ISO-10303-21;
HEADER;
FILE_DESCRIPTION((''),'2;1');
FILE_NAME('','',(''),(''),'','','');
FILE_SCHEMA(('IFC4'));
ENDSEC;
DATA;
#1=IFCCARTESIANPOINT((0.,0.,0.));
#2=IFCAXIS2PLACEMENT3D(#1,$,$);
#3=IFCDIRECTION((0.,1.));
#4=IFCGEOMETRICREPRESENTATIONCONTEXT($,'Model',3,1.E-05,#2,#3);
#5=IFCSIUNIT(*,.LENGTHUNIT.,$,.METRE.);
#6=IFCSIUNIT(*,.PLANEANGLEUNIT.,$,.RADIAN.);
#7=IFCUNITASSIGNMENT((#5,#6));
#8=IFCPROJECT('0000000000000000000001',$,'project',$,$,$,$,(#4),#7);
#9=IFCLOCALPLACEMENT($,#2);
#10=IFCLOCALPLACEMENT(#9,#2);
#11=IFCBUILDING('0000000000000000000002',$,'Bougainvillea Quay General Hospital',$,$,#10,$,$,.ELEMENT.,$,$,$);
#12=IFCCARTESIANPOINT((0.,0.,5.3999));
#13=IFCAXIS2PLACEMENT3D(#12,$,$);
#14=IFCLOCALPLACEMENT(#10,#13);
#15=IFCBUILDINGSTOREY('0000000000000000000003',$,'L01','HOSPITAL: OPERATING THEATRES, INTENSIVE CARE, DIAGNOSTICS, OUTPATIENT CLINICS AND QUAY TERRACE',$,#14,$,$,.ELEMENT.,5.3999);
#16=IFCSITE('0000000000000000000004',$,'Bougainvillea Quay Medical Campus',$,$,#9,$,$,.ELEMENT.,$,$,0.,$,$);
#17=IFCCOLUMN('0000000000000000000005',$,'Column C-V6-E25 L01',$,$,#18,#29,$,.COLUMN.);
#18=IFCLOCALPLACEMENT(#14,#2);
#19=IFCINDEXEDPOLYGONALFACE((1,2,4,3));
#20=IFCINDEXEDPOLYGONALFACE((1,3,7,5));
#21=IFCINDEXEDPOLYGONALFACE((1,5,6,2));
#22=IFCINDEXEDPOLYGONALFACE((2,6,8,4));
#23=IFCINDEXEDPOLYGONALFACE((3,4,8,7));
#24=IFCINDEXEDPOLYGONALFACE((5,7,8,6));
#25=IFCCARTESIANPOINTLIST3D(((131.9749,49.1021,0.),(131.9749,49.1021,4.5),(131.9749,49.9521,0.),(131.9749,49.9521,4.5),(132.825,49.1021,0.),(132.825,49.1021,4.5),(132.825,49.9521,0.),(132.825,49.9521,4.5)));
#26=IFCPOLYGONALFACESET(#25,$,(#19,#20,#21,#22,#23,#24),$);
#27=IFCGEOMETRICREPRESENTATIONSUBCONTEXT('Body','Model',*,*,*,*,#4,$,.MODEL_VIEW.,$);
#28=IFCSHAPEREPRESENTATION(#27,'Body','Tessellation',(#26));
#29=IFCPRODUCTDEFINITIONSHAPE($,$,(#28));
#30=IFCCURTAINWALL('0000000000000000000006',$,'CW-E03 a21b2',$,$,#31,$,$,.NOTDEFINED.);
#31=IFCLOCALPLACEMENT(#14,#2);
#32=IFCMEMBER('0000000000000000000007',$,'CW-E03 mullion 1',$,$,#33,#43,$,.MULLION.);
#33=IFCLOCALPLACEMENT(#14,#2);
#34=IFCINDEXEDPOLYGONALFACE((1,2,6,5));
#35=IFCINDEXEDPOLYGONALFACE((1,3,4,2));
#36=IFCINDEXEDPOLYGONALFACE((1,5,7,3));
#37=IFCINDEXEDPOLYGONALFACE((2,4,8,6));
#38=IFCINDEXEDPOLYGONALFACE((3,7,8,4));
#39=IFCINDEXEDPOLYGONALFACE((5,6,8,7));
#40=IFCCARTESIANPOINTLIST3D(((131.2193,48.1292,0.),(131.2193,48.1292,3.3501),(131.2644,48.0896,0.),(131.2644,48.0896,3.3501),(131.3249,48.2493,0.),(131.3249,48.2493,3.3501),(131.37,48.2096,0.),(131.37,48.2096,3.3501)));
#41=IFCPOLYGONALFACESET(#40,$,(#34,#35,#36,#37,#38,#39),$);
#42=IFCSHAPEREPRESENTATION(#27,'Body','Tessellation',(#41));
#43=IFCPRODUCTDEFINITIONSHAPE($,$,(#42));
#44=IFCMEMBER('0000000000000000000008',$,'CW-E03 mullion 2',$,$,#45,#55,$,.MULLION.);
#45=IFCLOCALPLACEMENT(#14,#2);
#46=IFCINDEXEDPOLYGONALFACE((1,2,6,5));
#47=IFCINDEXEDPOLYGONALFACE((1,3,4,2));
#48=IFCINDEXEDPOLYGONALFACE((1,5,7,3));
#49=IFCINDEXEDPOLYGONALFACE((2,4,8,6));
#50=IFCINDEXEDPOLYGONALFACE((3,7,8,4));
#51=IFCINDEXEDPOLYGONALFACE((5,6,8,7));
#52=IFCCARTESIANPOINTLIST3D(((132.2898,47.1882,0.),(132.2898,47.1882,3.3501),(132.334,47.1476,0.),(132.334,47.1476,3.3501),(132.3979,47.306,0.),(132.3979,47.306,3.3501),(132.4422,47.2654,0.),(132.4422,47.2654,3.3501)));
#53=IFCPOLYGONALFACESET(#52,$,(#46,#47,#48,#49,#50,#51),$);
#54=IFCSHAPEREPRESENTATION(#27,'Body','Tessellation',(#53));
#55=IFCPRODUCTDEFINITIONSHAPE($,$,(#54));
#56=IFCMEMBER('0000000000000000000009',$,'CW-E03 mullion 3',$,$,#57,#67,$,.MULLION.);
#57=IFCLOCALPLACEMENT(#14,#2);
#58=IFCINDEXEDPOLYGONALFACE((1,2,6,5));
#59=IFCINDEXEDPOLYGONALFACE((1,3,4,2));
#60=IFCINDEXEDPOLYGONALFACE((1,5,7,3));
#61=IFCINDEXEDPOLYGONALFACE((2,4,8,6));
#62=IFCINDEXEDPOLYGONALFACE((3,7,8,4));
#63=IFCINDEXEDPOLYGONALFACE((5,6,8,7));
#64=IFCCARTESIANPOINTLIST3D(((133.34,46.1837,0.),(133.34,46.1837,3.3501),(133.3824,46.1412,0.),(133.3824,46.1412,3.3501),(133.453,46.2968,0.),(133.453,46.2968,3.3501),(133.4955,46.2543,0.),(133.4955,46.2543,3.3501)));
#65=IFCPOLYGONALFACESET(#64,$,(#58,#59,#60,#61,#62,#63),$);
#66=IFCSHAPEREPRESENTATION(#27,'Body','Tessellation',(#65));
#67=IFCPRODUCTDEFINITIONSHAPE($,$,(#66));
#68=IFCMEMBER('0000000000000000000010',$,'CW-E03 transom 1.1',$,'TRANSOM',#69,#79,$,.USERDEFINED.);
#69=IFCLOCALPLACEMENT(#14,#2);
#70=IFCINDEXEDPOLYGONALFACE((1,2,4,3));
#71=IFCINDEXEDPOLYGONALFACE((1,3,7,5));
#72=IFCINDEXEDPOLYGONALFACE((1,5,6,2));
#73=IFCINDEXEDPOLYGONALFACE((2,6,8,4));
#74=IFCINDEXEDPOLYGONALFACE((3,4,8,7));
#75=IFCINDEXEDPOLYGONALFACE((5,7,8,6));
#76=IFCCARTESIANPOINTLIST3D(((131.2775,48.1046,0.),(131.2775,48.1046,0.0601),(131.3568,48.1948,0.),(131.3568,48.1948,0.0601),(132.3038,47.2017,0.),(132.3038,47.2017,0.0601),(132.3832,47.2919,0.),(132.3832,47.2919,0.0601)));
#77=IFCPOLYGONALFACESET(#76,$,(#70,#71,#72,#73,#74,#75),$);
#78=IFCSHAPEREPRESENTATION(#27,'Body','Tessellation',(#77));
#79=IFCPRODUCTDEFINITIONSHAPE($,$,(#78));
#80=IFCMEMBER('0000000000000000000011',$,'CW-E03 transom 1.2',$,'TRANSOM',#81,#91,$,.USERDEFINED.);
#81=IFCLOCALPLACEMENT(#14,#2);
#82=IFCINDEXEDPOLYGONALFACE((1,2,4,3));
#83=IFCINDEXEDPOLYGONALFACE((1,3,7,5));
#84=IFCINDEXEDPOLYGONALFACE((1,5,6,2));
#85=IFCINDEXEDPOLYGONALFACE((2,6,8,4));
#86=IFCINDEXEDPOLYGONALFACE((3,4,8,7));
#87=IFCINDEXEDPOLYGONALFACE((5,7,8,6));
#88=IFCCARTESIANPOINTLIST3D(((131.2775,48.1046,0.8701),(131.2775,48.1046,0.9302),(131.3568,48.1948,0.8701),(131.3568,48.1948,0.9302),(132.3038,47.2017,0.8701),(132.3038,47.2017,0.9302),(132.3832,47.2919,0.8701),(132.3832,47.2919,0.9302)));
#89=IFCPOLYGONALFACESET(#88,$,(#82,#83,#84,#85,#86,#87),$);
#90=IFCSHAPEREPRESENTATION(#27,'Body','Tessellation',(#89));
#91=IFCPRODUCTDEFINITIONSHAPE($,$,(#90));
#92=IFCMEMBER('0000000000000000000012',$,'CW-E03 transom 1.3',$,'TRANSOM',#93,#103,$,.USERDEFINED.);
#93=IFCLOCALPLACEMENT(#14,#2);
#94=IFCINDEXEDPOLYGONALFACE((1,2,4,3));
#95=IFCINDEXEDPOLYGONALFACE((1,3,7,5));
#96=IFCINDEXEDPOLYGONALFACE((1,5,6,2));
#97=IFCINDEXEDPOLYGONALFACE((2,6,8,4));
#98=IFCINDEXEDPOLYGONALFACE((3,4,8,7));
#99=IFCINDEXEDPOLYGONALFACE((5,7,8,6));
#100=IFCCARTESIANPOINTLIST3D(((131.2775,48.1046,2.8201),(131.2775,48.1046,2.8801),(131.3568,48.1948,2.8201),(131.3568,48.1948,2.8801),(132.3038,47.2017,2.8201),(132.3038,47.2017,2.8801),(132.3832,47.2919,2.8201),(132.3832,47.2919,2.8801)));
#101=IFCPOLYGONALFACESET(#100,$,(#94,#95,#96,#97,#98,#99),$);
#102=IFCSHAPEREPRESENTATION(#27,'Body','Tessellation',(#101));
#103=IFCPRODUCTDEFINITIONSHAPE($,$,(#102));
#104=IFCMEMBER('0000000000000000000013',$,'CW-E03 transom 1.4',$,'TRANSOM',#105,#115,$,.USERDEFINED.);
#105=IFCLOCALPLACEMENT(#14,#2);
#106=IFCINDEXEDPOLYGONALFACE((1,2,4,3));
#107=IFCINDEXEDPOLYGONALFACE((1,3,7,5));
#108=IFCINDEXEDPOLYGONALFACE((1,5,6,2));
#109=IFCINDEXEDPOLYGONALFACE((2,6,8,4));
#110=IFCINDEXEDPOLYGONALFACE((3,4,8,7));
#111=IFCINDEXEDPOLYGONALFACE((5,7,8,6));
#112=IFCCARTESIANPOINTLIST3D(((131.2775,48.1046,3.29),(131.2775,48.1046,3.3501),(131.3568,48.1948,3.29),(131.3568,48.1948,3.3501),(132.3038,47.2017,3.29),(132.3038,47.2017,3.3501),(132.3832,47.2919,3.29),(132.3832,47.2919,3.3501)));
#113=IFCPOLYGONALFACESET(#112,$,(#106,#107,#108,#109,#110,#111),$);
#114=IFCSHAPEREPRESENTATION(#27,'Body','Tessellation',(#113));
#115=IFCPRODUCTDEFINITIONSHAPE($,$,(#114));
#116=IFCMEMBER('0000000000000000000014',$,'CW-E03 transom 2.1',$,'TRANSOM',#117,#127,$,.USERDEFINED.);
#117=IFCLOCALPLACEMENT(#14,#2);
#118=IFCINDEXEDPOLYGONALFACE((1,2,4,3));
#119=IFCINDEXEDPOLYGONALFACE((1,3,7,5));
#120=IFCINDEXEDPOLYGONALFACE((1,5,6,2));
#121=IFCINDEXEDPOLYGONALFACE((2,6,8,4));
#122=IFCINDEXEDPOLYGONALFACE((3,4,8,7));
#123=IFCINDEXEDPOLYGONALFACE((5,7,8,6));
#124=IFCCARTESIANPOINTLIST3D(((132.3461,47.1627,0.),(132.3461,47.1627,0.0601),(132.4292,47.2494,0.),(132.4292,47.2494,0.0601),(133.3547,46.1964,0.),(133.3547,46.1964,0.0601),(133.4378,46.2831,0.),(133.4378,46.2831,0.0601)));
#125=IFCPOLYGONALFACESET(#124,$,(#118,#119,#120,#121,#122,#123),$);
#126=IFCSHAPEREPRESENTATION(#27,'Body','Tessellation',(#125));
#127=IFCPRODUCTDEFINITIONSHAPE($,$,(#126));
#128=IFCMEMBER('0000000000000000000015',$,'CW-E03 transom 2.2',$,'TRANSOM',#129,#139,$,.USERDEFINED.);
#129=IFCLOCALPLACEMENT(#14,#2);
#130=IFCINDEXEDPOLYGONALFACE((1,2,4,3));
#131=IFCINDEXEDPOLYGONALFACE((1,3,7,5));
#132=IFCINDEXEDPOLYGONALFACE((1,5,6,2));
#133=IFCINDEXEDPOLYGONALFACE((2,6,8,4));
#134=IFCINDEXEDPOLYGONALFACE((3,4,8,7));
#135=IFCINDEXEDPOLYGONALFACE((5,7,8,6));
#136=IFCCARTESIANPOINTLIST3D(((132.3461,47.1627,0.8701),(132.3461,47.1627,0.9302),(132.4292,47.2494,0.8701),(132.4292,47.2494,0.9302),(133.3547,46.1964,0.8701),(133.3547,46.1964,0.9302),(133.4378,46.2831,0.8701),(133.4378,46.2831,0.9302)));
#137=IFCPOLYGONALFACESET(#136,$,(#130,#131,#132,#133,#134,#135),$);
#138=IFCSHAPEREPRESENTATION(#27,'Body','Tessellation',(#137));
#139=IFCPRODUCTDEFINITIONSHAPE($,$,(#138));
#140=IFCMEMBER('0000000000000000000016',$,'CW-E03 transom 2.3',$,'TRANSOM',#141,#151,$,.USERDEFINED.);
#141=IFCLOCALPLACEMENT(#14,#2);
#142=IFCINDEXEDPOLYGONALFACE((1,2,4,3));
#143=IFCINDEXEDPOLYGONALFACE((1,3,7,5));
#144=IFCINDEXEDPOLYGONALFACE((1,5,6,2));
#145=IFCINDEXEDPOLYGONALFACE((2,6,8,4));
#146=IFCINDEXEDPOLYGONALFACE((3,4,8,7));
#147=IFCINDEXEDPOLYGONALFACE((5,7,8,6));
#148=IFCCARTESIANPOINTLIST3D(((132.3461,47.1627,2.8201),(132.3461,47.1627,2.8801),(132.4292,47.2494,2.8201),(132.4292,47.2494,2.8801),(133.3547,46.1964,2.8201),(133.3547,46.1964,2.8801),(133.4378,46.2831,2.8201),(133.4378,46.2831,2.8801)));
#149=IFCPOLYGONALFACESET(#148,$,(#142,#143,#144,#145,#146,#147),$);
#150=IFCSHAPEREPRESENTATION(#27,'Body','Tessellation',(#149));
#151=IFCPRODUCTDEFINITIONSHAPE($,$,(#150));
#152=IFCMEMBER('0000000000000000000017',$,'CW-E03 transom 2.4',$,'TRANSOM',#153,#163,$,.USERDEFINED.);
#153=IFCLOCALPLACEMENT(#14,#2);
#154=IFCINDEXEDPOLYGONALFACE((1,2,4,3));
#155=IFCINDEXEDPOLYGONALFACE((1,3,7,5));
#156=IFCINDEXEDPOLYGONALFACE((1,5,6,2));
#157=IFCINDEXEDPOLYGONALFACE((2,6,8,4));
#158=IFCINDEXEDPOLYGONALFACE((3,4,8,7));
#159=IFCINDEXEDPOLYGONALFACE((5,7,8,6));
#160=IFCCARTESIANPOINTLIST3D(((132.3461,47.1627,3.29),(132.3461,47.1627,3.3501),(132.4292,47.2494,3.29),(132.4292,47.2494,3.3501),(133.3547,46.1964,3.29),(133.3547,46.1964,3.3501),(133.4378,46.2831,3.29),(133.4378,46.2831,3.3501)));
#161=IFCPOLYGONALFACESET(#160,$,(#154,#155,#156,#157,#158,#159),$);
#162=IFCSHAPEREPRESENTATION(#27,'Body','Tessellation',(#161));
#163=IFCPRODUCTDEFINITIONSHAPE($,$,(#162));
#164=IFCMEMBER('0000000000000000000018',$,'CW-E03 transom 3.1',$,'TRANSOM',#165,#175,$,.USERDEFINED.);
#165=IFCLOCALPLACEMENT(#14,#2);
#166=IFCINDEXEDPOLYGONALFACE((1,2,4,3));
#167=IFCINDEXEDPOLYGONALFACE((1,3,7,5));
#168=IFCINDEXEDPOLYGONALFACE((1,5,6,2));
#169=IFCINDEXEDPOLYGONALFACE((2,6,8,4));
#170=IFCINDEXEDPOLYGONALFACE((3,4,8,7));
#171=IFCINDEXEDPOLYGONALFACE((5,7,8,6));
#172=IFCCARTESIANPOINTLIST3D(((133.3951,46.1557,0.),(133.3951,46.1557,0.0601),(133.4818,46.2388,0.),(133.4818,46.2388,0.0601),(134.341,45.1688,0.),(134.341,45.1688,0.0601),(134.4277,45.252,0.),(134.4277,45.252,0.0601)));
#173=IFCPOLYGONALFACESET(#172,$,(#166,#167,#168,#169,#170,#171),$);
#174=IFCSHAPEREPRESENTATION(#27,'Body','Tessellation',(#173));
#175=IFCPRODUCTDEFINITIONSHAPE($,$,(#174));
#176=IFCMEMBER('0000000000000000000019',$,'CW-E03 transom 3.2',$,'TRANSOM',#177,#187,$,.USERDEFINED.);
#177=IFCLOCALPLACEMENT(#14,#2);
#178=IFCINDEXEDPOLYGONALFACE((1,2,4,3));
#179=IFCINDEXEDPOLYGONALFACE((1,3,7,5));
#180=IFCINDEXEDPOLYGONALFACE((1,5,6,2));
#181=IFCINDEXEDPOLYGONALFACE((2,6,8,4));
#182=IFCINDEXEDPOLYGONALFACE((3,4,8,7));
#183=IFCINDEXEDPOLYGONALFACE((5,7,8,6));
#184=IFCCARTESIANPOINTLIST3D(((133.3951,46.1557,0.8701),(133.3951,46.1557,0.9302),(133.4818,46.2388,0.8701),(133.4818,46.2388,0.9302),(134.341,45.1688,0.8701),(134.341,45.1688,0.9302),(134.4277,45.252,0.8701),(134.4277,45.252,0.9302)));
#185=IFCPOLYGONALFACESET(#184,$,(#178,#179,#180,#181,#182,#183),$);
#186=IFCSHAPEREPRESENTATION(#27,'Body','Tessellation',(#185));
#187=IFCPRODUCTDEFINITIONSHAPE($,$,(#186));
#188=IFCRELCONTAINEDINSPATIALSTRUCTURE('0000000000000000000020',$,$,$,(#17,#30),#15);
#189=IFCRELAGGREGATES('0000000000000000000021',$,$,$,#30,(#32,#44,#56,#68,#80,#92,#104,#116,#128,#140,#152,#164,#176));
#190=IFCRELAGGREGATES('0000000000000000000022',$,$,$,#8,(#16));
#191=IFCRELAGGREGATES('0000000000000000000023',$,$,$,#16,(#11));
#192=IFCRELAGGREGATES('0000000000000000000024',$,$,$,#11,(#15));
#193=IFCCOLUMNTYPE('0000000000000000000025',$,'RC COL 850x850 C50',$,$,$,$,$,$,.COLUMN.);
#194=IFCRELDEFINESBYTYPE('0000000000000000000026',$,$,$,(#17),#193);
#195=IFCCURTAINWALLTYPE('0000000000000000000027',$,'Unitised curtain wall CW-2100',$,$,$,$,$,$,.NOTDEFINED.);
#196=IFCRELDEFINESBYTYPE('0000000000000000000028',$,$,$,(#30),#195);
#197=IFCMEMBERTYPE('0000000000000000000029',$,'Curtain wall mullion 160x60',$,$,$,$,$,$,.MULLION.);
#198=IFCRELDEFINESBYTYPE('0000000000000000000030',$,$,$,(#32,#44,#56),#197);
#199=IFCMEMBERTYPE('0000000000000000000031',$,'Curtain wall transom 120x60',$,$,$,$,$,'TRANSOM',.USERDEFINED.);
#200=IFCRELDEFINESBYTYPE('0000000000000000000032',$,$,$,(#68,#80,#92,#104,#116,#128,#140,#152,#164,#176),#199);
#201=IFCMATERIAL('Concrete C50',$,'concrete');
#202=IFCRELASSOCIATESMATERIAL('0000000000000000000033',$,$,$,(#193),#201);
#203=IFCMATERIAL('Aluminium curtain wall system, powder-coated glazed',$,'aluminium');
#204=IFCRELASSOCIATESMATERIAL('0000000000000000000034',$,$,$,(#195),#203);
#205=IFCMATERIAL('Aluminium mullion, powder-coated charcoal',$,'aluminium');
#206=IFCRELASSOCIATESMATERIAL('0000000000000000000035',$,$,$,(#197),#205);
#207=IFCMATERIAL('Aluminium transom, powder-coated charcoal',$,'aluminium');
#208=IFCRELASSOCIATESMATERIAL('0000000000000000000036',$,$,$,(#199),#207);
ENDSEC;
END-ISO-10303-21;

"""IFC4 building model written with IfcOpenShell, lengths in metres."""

from ifc_helpers import new_model, si_unit, direction, frame, origin, origin_2d, place, context, subcontext, project, spatial, rectangle, extrude, material, material_profile, profile_set, type_object, element, aggregate, save


model = new_model("IFC4")

# Units and contexts
model_context = context("Model", 3, precision=1e-05, world=origin(), true_north=direction((0.0, 1.0)))
body_context = subcontext(model_context, "Body", "Model", "MODEL_VIEW")
ifc_project = project(units=[si_unit("LENGTHUNIT", "METRE"), si_unit("PLANEANGLEUNIT", "RADIAN")], contexts=[model_context])

# Site, building, storey
site_placement = place(None, origin())
site = spatial("IfcSite", under=ifc_project, at=site_placement, Name="Bougainvillea Quay Medical Campus", CompositionType="ELEMENT", RefElevation=0.0)
building_placement = place(site_placement, origin())
building = spatial("IfcBuilding", under=site, at=building_placement, Name="Bougainvillea Quay General Hospital", CompositionType="ELEMENT")
storey_placement = place(building_placement, frame((0.0, 0.0, 5.3999)))
storey = spatial("IfcBuildingStorey", under=building, at=storey_placement, Name="L01", Description="HOSPITAL: OPERATING THEATRES, INTENSIVE CARE, DIAGNOSTICS, OUTPATIENT CLINICS AND QUAY TERRACE", CompositionType="ELEMENT", Elevation=5.3999)

# Column
ifc_material_1 = material(Name="Concrete C50", Category="concrete")
ifc_material_profile_1 = material_profile(ifc_material_1, rectangle(XDim=0.8501, YDim=0.8501, at=origin_2d()))
ifc_profile_set_1 = profile_set([ifc_material_profile_1], Name="Concrete C50")
column_type = type_object("IfcColumnType", Name="RC COL 850x850 C50", PredefinedType="COLUMN", material=ifc_profile_set_1)
column_placement = place(storey_placement, frame((132.3999, 49.5271, 0.0), z_axis=(0.0, 0.0, 1.0), x_axis=(1.0, 0.0, 0.0)))
element("IfcColumn", 1, at=column_placement, inside=storey, type_object=column_type, Name="Column C-V6-E25 L01", PredefinedType="COLUMN", context=body_context, shape_type="SweptSolid", body=[
    extrude(rectangle(XDim=0.8501, YDim=0.8501, at=origin_2d()), origin(), (0.0, 0.0, 1.0), 4.5),
])

# Curtain wall, members
ifc_material_2 = material(Name="Aluminium curtain wall system, powder-coated glazed", Category="aluminium")
curtain_wall_type = type_object("IfcCurtainWallType", Name="Unitised curtain wall CW-2100", PredefinedType="NOTDEFINED", material=ifc_material_2)
curtain_wall_placement = place(storey_placement, origin())
curtain_wall = element("IfcCurtainWall", 2, at=curtain_wall_placement, inside=storey, type_object=curtain_wall_type, Name="CW-E03 a21b2", PredefinedType="NOTDEFINED")
ifc_material_3 = material(Name="Aluminium mullion, powder-coated charcoal", Category="aluminium")
ifc_material_profile_2 = material_profile(ifc_material_3, rectangle(XDim=0.1599, YDim=0.0601, at=origin_2d()))
ifc_profile_set_2 = profile_set([ifc_material_profile_2], Name="Aluminium mullion, powder-coated charcoal")
member_type_1 = type_object("IfcMemberType", Name="Curtain wall mullion 160x60", PredefinedType="MULLION", material=ifc_profile_set_2)
member_1_placement = place(storey_placement, frame((131.2947, 48.1694, 0.0), z_axis=(0.0, 0.0, 1.0), x_axis=(0.660561, 0.750772, 0.0)))
member_1 = element("IfcMember", 3, at=member_1_placement, type_object=member_type_1, Name="CW-E03 mullion 1", PredefinedType="MULLION", context=body_context, shape_type="SweptSolid", body=[
    extrude(rectangle(XDim=0.1599, YDim=0.0601, at=origin_2d()), origin(), (0.0, 0.0, 1.0), 3.3501),
])
member_2_placement = place(storey_placement, frame((132.366, 47.2268, 0.0), z_axis=(0.0, 0.0, 1.0), x_axis=(0.676379, 0.736554, 0.0)))
member_2 = element("IfcMember", 4, at=member_2_placement, type_object=member_type_1, Name="CW-E03 mullion 2", PredefinedType="MULLION", context=body_context, shape_type="SweptSolid", body=[
    extrude(rectangle(XDim=0.1599, YDim=0.0601, at=origin_2d()), origin(), (0.0, 0.0, 1.0), 3.3501),
])
member_3_placement = place(storey_placement, frame((133.4177, 46.219, 0.0), z_axis=(0.0, 0.0, 1.0), x_axis=(0.70709, 0.707123, 0.0)))
member_3 = element("IfcMember", 5, at=member_3_placement, type_object=member_type_1, Name="CW-E03 mullion 3", PredefinedType="MULLION", context=body_context, shape_type="SweptSolid", body=[
    extrude(rectangle(XDim=0.1599, YDim=0.0601, at=origin_2d()), origin(), (0.0, 0.0, 1.0), 3.3501),
])
ifc_material_4 = material(Name="Aluminium transom, powder-coated charcoal", Category="aluminium")
ifc_material_profile_3 = material_profile(ifc_material_4, rectangle(XDim=0.1201, YDim=0.0601, at=origin_2d()))
ifc_profile_set_3 = profile_set([ifc_material_profile_3], Name="Aluminium transom, powder-coated charcoal")
member_type_2 = type_object("IfcMemberType", Name="Curtain wall transom 120x60", ElementType="TRANSOM", PredefinedType="USERDEFINED", material=ifc_profile_set_3)
member_4_placement = place(storey_placement, frame((131.3171, 48.1497, 0.03), z_axis=(0.750848, -0.660475, 0.0), x_axis=(0.660475, 0.750848, 0.0)))
member_4 = element("IfcMember", 6, at=member_4_placement, type_object=member_type_2, Name="CW-E03 transom 1.1", ObjectType="TRANSOM", PredefinedType="USERDEFINED", context=body_context, shape_type="SweptSolid", body=[
    extrude(rectangle(XDim=0.1201, YDim=0.0601, at=origin_2d()), origin(), (0.0, 0.0, 1.0), 1.3669),
])
member_5_placement = place(storey_placement, frame((131.3171, 48.1497, 0.9001), z_axis=(0.750848, -0.660475, 0.0), x_axis=(0.660475, 0.750848, 0.0)))
member_5 = element("IfcMember", 7, at=member_5_placement, type_object=member_type_2, Name="CW-E03 transom 1.2", ObjectType="TRANSOM", PredefinedType="USERDEFINED", context=body_context, shape_type="SweptSolid", body=[
    extrude(rectangle(XDim=0.1201, YDim=0.0601, at=origin_2d()), origin(), (0.0, 0.0, 1.0), 1.3669),
])
member_6_placement = place(storey_placement, frame((131.3171, 48.1497, 2.8501), z_axis=(0.750848, -0.660475, 0.0), x_axis=(0.660475, 0.750848, 0.0)))
member_6 = element("IfcMember", 8, at=member_6_placement, type_object=member_type_2, Name="CW-E03 transom 1.3", ObjectType="TRANSOM", PredefinedType="USERDEFINED", context=body_context, shape_type="SweptSolid", body=[
    extrude(rectangle(XDim=0.1201, YDim=0.0601, at=origin_2d()), origin(), (0.0, 0.0, 1.0), 1.3669),
])
member_7_placement = place(storey_placement, frame((131.3171, 48.1497, 3.3201), z_axis=(0.750848, -0.660475, 0.0), x_axis=(0.660475, 0.750848, 0.0)))
member_7 = element("IfcMember", 9, at=member_7_placement, type_object=member_type_2, Name="CW-E03 transom 1.4", ObjectType="TRANSOM", PredefinedType="USERDEFINED", context=body_context, shape_type="SweptSolid", body=[
    extrude(rectangle(XDim=0.1201, YDim=0.0601, at=origin_2d()), origin(), (0.0, 0.0, 1.0), 1.3669),
])
member_8_placement = place(storey_placement, frame((132.3877, 47.2061, 0.03), z_axis=(0.722065, -0.691826, 0.0), x_axis=(0.691826, 0.722065, 0.0)))
member_8 = element("IfcMember", 10, at=member_8_placement, type_object=member_type_2, Name="CW-E03 transom 2.1", ObjectType="TRANSOM", PredefinedType="USERDEFINED", context=body_context, shape_type="SweptSolid", body=[
    extrude(rectangle(XDim=0.1201, YDim=0.0601, at=origin_2d()), origin(), (0.0, 0.0, 1.0), 1.3967),
])
member_9_placement = place(storey_placement, frame((132.3877, 47.2061, 0.9001), z_axis=(0.722065, -0.691826, 0.0), x_axis=(0.691826, 0.722065, 0.0)))
member_9 = element("IfcMember", 11, at=member_9_placement, type_object=member_type_2, Name="CW-E03 transom 2.2", ObjectType="TRANSOM", PredefinedType="USERDEFINED", context=body_context, shape_type="SweptSolid", body=[
    extrude(rectangle(XDim=0.1201, YDim=0.0601, at=origin_2d()), origin(), (0.0, 0.0, 1.0), 1.3967),
])
member_10_placement = place(storey_placement, frame((132.3877, 47.2061, 2.8501), z_axis=(0.722065, -0.691826, 0.0), x_axis=(0.691826, 0.722065, 0.0)))
member_10 = element("IfcMember", 12, at=member_10_placement, type_object=member_type_2, Name="CW-E03 transom 2.3", ObjectType="TRANSOM", PredefinedType="USERDEFINED", context=body_context, shape_type="SweptSolid", body=[
    extrude(rectangle(XDim=0.1201, YDim=0.0601, at=origin_2d()), origin(), (0.0, 0.0, 1.0), 1.3967),
])
member_11_placement = place(storey_placement, frame((132.3877, 47.2061, 3.3201), z_axis=(0.722065, -0.691826, 0.0), x_axis=(0.691826, 0.722065, 0.0)))
member_11 = element("IfcMember", 13, at=member_11_placement, type_object=member_type_2, Name="CW-E03 transom 2.4", ObjectType="TRANSOM", PredefinedType="USERDEFINED", context=body_context, shape_type="SweptSolid", body=[
    extrude(rectangle(XDim=0.1201, YDim=0.0601, at=origin_2d()), origin(), (0.0, 0.0, 1.0), 1.3967),
])
member_12_placement = place(storey_placement, frame((133.4385, 46.1973, 0.03), z_axis=(0.691944, -0.721951, 0.0), x_axis=(0.721951, 0.691944, 0.0)))
member_12 = element("IfcMember", 14, at=member_12_placement, type_object=member_type_2, Name="CW-E03 transom 3.1", ObjectType="TRANSOM", PredefinedType="USERDEFINED", context=body_context, shape_type="SweptSolid", body=[
    extrude(rectangle(XDim=0.1201, YDim=0.0601, at=origin_2d()), origin(), (0.0, 0.0, 1.0), 1.3669),
])
member_13_placement = place(storey_placement, frame((133.4385, 46.1973, 0.9001), z_axis=(0.691944, -0.721951, 0.0), x_axis=(0.721951, 0.691944, 0.0)))
member_13 = element("IfcMember", 15, at=member_13_placement, type_object=member_type_2, Name="CW-E03 transom 3.2", ObjectType="TRANSOM", PredefinedType="USERDEFINED", context=body_context, shape_type="SweptSolid", body=[
    extrude(rectangle(XDim=0.1201, YDim=0.0601, at=origin_2d()), origin(), (0.0, 0.0, 1.0), 1.3669),
])
aggregate(curtain_wall, [member_1, member_2, member_3, member_4, member_5, member_6, member_7, member_8, member_9, member_10, member_11, member_12, member_13])

save(model, "model.ifc")
